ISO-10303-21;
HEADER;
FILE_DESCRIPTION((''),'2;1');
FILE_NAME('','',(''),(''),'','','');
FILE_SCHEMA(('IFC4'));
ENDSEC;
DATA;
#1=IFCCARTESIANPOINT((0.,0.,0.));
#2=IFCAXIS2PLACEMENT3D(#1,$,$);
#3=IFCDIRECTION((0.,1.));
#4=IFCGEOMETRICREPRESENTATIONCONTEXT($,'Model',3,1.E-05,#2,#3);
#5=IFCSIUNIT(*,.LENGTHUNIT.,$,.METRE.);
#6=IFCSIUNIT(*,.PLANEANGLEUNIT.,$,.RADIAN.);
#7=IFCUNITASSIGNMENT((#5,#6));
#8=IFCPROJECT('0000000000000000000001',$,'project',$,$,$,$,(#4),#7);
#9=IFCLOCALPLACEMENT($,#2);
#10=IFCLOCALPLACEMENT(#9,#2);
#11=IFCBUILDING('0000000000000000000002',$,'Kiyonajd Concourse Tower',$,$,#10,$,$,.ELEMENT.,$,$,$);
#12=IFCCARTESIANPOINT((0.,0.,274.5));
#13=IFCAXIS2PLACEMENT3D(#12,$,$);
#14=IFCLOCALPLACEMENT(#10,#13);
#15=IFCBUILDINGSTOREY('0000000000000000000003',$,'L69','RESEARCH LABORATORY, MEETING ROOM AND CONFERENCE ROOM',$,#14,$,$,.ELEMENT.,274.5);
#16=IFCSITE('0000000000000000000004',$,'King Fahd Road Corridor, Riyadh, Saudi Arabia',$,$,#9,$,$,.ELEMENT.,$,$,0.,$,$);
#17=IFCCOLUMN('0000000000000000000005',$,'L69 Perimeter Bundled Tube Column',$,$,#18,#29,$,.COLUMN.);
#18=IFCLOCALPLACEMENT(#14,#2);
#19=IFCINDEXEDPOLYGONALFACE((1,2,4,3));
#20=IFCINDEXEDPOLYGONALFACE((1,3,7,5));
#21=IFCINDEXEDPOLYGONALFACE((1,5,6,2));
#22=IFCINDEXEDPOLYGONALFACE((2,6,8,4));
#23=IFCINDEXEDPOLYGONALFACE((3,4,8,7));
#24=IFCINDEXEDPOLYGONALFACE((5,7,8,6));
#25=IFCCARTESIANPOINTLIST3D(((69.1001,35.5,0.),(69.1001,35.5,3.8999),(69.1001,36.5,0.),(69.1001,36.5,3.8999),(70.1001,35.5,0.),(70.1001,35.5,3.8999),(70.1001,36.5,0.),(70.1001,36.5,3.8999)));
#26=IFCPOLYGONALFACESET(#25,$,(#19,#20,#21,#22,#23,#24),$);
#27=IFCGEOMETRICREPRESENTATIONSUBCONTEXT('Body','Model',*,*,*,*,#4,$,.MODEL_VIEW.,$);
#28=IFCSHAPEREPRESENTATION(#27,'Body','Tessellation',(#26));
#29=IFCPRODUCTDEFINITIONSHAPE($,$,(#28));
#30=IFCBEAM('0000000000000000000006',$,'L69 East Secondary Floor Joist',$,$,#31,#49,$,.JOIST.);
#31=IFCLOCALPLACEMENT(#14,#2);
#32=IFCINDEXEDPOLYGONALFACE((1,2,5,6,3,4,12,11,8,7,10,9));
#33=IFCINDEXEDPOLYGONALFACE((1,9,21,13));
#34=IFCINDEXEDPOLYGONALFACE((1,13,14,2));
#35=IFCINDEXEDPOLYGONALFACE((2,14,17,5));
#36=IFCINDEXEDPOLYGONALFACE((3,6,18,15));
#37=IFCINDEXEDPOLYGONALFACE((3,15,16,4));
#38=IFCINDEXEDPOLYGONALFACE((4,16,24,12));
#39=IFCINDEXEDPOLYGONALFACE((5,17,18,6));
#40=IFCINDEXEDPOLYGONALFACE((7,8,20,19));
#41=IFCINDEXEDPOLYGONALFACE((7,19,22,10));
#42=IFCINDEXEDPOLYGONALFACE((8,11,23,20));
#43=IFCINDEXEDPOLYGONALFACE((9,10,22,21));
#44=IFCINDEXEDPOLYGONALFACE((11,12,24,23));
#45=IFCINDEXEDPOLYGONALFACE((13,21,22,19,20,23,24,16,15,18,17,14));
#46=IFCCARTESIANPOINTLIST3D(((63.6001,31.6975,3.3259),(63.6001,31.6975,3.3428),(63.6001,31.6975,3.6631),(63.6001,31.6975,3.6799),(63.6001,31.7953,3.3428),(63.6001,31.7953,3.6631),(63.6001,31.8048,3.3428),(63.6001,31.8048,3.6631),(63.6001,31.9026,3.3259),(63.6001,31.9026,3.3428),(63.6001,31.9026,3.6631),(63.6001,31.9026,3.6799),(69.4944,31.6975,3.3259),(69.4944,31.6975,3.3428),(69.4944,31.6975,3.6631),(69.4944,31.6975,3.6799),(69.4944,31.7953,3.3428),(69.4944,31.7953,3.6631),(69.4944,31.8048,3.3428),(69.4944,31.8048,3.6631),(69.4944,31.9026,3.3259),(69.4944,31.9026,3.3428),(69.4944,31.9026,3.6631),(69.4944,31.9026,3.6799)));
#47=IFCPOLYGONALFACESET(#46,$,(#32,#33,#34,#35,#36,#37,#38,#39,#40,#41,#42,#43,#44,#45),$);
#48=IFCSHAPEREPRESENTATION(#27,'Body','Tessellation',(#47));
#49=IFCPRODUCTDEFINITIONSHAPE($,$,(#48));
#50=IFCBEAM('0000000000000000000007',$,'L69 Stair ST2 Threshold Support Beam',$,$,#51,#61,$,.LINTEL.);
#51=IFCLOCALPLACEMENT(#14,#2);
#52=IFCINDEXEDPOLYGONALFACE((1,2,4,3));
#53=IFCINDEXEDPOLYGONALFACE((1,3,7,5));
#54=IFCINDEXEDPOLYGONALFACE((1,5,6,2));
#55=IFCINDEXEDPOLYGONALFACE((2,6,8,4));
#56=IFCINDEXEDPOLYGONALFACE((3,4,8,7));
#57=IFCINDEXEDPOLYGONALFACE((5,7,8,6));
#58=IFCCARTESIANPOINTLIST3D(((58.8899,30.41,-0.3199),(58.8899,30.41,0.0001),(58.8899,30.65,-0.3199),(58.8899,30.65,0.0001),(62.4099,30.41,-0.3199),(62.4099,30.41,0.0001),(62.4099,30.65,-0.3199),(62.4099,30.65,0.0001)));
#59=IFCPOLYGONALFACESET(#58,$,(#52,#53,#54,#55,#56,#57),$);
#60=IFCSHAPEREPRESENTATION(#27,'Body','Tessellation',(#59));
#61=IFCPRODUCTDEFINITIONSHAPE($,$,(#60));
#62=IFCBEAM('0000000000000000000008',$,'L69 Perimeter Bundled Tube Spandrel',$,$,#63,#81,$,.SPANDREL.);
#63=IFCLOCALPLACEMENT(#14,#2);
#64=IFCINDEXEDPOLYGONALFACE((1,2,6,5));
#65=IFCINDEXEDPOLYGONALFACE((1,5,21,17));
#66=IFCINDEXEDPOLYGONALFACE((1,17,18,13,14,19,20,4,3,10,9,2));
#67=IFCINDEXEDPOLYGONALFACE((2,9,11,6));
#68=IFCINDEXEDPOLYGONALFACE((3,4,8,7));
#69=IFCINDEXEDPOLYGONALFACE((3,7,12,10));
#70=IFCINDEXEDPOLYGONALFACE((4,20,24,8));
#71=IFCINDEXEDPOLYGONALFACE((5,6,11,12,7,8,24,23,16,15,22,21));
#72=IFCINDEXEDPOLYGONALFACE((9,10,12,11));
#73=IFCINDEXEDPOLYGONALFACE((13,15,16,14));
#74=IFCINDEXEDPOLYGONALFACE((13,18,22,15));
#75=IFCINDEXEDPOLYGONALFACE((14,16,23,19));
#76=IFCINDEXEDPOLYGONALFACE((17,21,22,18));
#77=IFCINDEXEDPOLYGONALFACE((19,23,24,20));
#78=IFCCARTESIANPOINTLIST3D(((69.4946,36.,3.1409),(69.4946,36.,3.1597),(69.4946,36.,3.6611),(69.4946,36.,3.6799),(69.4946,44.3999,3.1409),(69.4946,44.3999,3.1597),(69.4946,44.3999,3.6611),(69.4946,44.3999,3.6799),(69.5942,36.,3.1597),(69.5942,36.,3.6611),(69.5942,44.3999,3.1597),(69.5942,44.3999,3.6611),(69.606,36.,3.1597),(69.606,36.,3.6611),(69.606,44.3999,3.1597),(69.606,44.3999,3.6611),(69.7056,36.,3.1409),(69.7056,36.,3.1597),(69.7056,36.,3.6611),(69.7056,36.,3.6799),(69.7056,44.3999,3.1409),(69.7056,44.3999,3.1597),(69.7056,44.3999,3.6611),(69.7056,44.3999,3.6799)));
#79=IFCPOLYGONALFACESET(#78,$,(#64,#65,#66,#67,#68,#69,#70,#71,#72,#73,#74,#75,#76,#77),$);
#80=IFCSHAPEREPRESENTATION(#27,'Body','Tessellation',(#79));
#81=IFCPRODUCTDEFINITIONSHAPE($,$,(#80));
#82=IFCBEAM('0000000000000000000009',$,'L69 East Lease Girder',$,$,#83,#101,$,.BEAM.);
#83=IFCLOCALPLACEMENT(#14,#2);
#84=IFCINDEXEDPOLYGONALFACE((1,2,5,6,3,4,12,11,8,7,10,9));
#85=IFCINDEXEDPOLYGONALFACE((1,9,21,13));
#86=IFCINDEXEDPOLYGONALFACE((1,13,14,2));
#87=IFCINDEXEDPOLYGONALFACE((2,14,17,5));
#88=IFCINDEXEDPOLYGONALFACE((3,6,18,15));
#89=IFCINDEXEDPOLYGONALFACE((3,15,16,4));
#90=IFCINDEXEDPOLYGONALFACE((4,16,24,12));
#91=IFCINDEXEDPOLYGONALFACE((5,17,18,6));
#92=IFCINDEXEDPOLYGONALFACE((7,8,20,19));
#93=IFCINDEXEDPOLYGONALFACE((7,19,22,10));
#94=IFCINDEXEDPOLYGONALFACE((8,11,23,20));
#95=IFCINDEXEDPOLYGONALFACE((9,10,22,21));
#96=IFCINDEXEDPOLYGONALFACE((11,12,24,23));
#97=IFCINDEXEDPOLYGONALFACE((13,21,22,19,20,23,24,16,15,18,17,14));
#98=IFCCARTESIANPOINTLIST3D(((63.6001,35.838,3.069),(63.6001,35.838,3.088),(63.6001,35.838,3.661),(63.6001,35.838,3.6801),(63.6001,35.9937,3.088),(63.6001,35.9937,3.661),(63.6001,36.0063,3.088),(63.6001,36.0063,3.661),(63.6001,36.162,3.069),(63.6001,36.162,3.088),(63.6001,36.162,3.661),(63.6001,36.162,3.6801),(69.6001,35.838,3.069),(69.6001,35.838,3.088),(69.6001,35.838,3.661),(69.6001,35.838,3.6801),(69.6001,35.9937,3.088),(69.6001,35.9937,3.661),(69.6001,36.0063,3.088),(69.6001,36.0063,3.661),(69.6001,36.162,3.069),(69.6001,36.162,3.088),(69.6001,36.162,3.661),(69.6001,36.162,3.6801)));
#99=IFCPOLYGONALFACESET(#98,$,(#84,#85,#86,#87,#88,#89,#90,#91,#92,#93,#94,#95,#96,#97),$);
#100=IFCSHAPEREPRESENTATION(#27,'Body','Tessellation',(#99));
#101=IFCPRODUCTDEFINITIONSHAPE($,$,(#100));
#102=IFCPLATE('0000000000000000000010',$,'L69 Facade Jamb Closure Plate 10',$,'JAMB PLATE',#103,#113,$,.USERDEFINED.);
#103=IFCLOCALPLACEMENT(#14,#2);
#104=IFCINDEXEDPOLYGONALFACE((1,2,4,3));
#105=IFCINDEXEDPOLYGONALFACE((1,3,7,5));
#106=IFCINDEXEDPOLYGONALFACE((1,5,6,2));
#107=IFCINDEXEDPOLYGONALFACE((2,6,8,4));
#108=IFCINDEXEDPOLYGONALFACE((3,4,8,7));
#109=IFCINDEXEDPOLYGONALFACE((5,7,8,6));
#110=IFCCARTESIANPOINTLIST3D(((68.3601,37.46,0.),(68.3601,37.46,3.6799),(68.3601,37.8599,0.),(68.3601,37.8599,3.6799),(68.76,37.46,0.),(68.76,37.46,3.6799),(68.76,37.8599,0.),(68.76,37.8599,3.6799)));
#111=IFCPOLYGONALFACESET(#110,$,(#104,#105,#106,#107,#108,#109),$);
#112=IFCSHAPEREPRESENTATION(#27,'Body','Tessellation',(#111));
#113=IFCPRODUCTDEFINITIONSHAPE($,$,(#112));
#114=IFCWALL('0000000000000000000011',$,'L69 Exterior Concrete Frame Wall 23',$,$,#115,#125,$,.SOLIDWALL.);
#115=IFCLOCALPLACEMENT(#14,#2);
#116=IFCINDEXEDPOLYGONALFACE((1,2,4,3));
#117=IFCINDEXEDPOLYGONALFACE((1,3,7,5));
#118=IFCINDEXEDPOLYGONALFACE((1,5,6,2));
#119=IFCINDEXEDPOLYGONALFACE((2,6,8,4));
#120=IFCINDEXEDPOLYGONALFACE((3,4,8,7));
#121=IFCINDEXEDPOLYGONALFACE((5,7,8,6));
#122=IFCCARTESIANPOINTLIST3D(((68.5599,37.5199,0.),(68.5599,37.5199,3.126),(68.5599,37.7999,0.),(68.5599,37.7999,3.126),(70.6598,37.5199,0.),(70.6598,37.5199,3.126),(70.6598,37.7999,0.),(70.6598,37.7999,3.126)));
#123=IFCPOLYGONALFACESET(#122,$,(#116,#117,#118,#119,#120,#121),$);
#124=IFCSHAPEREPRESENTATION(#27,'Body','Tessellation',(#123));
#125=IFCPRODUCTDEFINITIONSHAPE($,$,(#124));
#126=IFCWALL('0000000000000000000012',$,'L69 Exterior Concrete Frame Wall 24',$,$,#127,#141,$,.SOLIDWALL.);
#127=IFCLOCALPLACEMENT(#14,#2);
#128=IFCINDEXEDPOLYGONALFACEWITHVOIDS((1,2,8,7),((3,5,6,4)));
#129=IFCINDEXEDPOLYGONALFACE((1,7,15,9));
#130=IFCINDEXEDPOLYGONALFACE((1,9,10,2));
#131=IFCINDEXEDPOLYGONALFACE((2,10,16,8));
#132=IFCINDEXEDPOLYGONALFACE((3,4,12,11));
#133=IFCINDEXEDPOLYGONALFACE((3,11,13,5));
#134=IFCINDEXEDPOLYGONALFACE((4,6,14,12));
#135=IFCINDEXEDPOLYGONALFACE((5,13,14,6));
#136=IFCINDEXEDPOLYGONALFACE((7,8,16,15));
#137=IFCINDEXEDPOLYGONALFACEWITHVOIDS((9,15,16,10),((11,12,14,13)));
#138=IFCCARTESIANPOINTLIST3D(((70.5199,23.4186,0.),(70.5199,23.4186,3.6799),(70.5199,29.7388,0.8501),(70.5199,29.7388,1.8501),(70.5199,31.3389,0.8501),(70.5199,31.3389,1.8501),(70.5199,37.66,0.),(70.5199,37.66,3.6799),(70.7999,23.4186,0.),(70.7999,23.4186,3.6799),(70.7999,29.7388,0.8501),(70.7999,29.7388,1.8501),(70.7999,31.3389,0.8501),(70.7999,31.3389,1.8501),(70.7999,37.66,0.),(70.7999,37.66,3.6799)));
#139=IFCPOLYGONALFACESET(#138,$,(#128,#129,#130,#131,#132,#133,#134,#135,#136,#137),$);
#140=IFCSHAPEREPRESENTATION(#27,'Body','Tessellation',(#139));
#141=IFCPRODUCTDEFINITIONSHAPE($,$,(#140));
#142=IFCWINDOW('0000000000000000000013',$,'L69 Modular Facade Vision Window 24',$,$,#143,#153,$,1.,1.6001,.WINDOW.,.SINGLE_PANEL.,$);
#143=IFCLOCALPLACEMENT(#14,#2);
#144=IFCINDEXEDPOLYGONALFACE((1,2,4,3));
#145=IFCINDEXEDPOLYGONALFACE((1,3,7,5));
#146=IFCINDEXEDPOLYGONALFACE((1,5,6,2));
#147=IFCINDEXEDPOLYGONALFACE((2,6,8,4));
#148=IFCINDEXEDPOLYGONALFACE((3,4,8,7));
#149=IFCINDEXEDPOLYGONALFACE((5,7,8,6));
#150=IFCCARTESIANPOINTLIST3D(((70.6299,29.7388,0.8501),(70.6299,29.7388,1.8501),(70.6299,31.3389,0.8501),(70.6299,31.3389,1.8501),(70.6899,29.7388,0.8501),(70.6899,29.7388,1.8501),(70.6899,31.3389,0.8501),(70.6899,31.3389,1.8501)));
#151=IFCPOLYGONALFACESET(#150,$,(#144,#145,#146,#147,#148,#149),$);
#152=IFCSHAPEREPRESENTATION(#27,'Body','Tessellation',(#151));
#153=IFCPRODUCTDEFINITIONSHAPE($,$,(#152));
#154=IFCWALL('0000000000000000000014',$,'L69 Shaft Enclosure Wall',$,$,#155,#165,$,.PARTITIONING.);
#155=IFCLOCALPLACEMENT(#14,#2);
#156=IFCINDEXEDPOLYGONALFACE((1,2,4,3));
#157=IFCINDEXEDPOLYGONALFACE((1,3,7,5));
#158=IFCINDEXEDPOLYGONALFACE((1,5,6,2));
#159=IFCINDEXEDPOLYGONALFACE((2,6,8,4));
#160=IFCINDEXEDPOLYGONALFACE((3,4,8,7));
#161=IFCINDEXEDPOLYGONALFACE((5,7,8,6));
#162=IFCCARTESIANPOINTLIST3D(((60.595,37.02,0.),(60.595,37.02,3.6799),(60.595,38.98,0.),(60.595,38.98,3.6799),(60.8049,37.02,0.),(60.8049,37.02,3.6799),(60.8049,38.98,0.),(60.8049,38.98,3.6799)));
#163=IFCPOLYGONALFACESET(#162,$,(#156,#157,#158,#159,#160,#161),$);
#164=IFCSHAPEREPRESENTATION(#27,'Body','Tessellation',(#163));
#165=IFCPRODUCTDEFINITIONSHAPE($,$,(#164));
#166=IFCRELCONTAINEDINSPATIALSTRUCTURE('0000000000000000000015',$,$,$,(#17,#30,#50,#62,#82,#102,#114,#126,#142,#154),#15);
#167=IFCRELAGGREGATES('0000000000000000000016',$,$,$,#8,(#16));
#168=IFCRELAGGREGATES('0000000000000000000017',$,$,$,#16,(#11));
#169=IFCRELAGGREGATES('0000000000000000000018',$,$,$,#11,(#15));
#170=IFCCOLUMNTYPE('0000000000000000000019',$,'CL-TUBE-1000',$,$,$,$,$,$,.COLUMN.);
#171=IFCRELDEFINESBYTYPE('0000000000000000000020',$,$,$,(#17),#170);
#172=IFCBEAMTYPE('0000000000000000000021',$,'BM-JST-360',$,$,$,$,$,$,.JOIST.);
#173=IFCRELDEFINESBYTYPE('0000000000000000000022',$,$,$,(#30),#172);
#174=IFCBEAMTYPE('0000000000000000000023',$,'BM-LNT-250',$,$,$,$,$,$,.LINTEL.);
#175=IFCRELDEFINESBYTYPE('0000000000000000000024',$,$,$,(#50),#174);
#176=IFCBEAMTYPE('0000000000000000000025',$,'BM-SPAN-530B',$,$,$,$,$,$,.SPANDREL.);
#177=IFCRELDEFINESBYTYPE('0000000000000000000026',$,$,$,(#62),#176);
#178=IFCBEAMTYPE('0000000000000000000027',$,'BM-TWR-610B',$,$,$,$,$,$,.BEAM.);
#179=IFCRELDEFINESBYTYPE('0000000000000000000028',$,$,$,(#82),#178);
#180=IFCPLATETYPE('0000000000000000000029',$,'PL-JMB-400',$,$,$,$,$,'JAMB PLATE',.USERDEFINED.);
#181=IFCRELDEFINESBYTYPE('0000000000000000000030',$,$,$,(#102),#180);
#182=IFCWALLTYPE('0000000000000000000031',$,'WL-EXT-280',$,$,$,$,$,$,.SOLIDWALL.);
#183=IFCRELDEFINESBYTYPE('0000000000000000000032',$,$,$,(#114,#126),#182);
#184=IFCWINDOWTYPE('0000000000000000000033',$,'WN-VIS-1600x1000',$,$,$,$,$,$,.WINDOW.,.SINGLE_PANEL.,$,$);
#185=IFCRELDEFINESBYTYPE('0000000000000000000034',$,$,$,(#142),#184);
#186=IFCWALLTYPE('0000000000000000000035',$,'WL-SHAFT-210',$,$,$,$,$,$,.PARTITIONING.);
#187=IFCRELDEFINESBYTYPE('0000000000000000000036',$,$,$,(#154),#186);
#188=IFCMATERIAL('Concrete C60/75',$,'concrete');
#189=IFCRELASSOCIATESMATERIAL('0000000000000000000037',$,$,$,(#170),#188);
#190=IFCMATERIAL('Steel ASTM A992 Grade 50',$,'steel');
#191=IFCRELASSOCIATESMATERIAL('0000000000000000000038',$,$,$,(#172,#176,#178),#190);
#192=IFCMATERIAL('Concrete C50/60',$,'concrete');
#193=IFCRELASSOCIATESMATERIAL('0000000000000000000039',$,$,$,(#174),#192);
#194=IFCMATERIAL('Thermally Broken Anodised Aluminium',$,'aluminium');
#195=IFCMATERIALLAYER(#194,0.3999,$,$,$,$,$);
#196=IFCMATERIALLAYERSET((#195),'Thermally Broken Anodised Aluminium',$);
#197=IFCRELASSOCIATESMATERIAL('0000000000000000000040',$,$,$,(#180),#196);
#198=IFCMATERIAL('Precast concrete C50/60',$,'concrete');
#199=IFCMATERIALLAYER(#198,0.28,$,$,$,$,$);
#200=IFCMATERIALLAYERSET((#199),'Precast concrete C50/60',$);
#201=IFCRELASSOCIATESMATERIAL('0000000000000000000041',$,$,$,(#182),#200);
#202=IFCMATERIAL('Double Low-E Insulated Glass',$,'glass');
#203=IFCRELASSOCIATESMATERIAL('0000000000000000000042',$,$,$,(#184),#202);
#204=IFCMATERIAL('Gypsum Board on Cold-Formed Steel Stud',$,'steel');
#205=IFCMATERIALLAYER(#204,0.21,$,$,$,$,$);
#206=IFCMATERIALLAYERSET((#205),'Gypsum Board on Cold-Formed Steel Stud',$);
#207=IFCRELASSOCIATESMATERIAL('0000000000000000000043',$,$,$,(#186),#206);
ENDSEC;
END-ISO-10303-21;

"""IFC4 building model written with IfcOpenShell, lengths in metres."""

from ifc_helpers import new_model, si_unit, direction, frame, frame_2d, origin, origin_2d, place, context, subcontext, project, spatial, rectangle, i_section, extrude, material, layer, layer_set, material_profile, profile_set, type_object, element, fill, save


model = new_model("IFC4")

# Units and contexts
model_context = context("Model", 3, precision=1e-05, world=origin(), true_north=direction((0.0, 1.0)))
body_context = subcontext(model_context, "Body", "Model", "MODEL_VIEW")
ifc_project = project(units=[si_unit("LENGTHUNIT", "METRE"), si_unit("PLANEANGLEUNIT", "RADIAN")], contexts=[model_context])

# Site, building, storey
site_placement = place(None, origin())
site = spatial("IfcSite", under=ifc_project, at=site_placement, Name="King Fahd Road Corridor, Riyadh, Saudi Arabia", CompositionType="ELEMENT", RefElevation=0.0)
building_placement = place(site_placement, origin())
building = spatial("IfcBuilding", under=site, at=building_placement, Name="Kiyonajd Concourse Tower", CompositionType="ELEMENT")
storey_placement = place(building_placement, frame((0.0, 0.0, 274.5)))
storey = spatial("IfcBuildingStorey", under=building, at=storey_placement, Name="L69", Description="RESEARCH LABORATORY, MEETING ROOM AND CONFERENCE ROOM", CompositionType="ELEMENT", Elevation=274.5)

# Column
ifc_material_1 = material(Name="Concrete C60/75", Category="concrete")
ifc_material_profile_1 = material_profile(ifc_material_1, rectangle(XDim=1.0, YDim=1.0, at=origin_2d()), Name="RC-1000x1000")
ifc_profile_set_1 = profile_set([ifc_material_profile_1], Name="Concrete C60/75")
column_type = type_object("IfcColumnType", Name="CL-TUBE-1000", PredefinedType="COLUMN", material=ifc_profile_set_1)
column_placement = place(storey_placement, frame((69.6001, 36.0, 0.0), z_axis=(0.0, 0.0, 1.0), x_axis=(1.0, 0.0, 0.0)))
element("IfcColumn", 1, at=column_placement, inside=storey, type_object=column_type, Name="L69 Perimeter Bundled Tube Column", PredefinedType="COLUMN", context=body_context, shape_type="SweptSolid", body=[
    extrude(rectangle(XDim=1.0, YDim=1.0, at=origin_2d()), origin(), (0.0, 0.0, 1.0), 3.8999),
])

# Beams
ifc_material_2 = material(Name="Steel ASTM A992 Grade 50", Category="steel")
ifc_material_profile_2 = material_profile(ifc_material_2, i_section(OverallWidth=0.2051, OverallDepth=0.354, WebThickness=0.0095, FlangeThickness=0.0168, at=origin_2d()), Name="W360X79")
ifc_profile_set_2 = profile_set([ifc_material_profile_2], Name="Steel ASTM A992 Grade 50")
beam_type_1 = type_object("IfcBeamType", Name="BM-JST-360", PredefinedType="JOIST", material=ifc_profile_set_2)
beam_1_placement = place(storey_placement, frame((63.6001, 31.8, 3.5029), z_axis=(1.0, 0.0, 0.0), x_axis=(0.0, 1.0, 0.0)))
element("IfcBeam", 2, at=beam_1_placement, inside=storey, type_object=beam_type_1, Name="L69 East Secondary Floor Joist", PredefinedType="JOIST", context=body_context, shape_type="SweptSolid", body=[
    extrude(i_section(OverallWidth=0.2051, OverallDepth=0.354, WebThickness=0.0095, FlangeThickness=0.0168, at=origin_2d()), origin(), (0.0, 0.0, 1.0), 5.8943),
])
ifc_material_3 = material(Name="Concrete C50/60", Category="concrete")
ifc_material_profile_3 = material_profile(ifc_material_3, rectangle(XDim=0.24, YDim=0.3201, at=origin_2d()), Name="RCBM-240x320")
ifc_profile_set_3 = profile_set([ifc_material_profile_3], Name="Concrete C50/60")
beam_type_2 = type_object("IfcBeamType", Name="BM-LNT-250", PredefinedType="LINTEL", material=ifc_profile_set_3)
beam_2_placement = place(storey_placement, frame((58.8899, 30.53, -0.1599), z_axis=(1.0, 0.0, 0.0), x_axis=(0.0, 1.0, 0.0)))
element("IfcBeam", 3, at=beam_2_placement, inside=storey, type_object=beam_type_2, Name="L69 Stair ST2 Threshold Support Beam", PredefinedType="LINTEL", context=body_context, shape_type="SweptSolid", body=[
    extrude(rectangle(XDim=0.24, YDim=0.3201, at=origin_2d()), origin(), (0.0, 0.0, 1.0), 3.52),
])
ifc_material_profile_4 = material_profile(ifc_material_2, i_section(OverallWidth=0.2109, OverallDepth=0.5391, WebThickness=0.0117, FlangeThickness=0.0188, at=origin_2d()), Name="W530X109")
ifc_profile_set_4 = profile_set([ifc_material_profile_4], Name="Steel ASTM A992 Grade 50")
beam_type_3 = type_object("IfcBeamType", Name="BM-SPAN-530B", PredefinedType="SPANDREL", material=ifc_profile_set_4)
beam_3_placement = place(storey_placement, frame((69.6001, 36.0, 3.4104), z_axis=(0.0, 1.0, 0.0), x_axis=(-1.0, 0.0, 0.0)))
element("IfcBeam", 4, at=beam_3_placement, inside=storey, type_object=beam_type_3, Name="L69 Perimeter Bundled Tube Spandrel", PredefinedType="SPANDREL", context=body_context, shape_type="SweptSolid", body=[
    extrude(i_section(OverallWidth=0.2109, OverallDepth=0.5391, WebThickness=0.0117, FlangeThickness=0.0188, at=origin_2d()), origin(), (0.0, 0.0, 1.0), 8.3999),
])
ifc_material_profile_5 = material_profile(ifc_material_2, i_section(OverallWidth=0.324, OverallDepth=0.6111, WebThickness=0.0127, FlangeThickness=0.019, at=origin_2d()), Name="W610X155")
ifc_profile_set_5 = profile_set([ifc_material_profile_5], Name="Steel ASTM A992 Grade 50")
beam_type_4 = type_object("IfcBeamType", Name="BM-TWR-610B", PredefinedType="BEAM", material=ifc_profile_set_5)
beam_4_placement = place(storey_placement, frame((63.6001, 36.0, 3.3745), z_axis=(1.0, 0.0, 0.0), x_axis=(0.0, 1.0, 0.0)))
element("IfcBeam", 5, at=beam_4_placement, inside=storey, type_object=beam_type_4, Name="L69 East Lease Girder", PredefinedType="BEAM", context=body_context, shape_type="SweptSolid", body=[
    extrude(i_section(OverallWidth=0.324, OverallDepth=0.6111, WebThickness=0.0127, FlangeThickness=0.019, at=origin_2d()), origin(), (0.0, 0.0, 1.0), 6.0),
])

# Plate
ifc_material_4 = material(Name="Thermally Broken Anodised Aluminium", Category="aluminium")
ifc_layer_1 = layer(ifc_material_4, 0.3999)
ifc_layer_set_1 = layer_set([ifc_layer_1], Name="Thermally Broken Anodised Aluminium")
plate_type = type_object("IfcPlateType", Name="PL-JMB-400", ElementType="JAMB PLATE", PredefinedType="USERDEFINED", material=ifc_layer_set_1)
plate_placement = place(storey_placement, frame((68.5601, 37.6599, 0.0), z_axis=(0.0, 0.0, 1.0), x_axis=(1.0, 0.0, 0.0)))
element("IfcPlate", 6, at=plate_placement, inside=storey, type_object=plate_type, Name="L69 Facade Jamb Closure Plate 10", ObjectType="JAMB PLATE", PredefinedType="USERDEFINED", context=body_context, shape_type="SweptSolid", body=[
    extrude(rectangle(XDim=0.3999, YDim=0.3999, at=origin_2d()), origin(), (0.0, 0.0, 1.0), 3.6799),
])

# Wall
ifc_material_5 = material(Name="Precast concrete C50/60", Category="concrete")
ifc_layer_2 = layer(ifc_material_5, 0.28)
ifc_layer_set_2 = layer_set([ifc_layer_2], Name="Precast concrete C50/60")
wall_type_1 = type_object("IfcWallType", Name="WL-EXT-280", PredefinedType="SOLIDWALL", material=ifc_layer_set_2)
wall_1_placement = place(storey_placement, frame((68.5601, 37.6599, 0.0), z_axis=(0.0, 0.0, 1.0), x_axis=(1.0, 0.0, 0.0)))
element("IfcWall", 7, at=wall_1_placement, inside=storey, type_object=wall_type_1, Name="L69 Exterior Concrete Frame Wall 23", PredefinedType="SOLIDWALL", context=body_context, shape_type="SweptSolid", body=[
    extrude(rectangle(XDim=2.0999, YDim=0.28, at=frame_2d((1.0498, 0.0))), origin(), (0.0, 0.0, 1.0), 3.126),
])

# Wall, opening, window
wall_2_placement = place(storey_placement, frame((70.6599, 37.6599, 0.0), z_axis=(0.0, 0.0, 1.0), x_axis=(0.0, -1.0, 0.0)))
wall_2 = element("IfcWall", 8, at=wall_2_placement, inside=storey, type_object=wall_type_1, Name="L69 Exterior Concrete Frame Wall 24", PredefinedType="SOLIDWALL", context=body_context, shape_type="SweptSolid", body=[
    extrude(rectangle(XDim=14.2415, YDim=0.28, at=frame_2d((7.1206, 0.0))), origin(), (0.0, 0.0, 1.0), 3.6799),
])
opening_1_placement = place(wall_2_placement, frame((6.321, 0.0, 0.8501)))
opening_1 = element("IfcOpeningElement", 9, at=opening_1_placement, cuts=wall_2, PredefinedType="OPENING", context=body_context, shape_type="SweptSolid", body=[
    extrude(rectangle(XDim=1.6001, YDim=1.0, at=frame_2d((0.8, 0.5))), frame((0.0, 0.1499, 0.0), z_axis=(0.0, -1.0, 0.0), x_axis=(1.0, 0.0, 0.0)), (0.0, 0.0, 1.0), 0.3),
])
ifc_material_6 = material(Name="Double Low-E Insulated Glass", Category="glass")
window_type = type_object("IfcWindowType", Name="WN-VIS-1600x1000", PartitioningType="SINGLE_PANEL", PredefinedType="WINDOW", material=ifc_material_6)
window_placement = place(opening_1_placement, origin())
window = element("IfcWindow", 10, at=window_placement, inside=storey, type_object=window_type, Name="L69 Modular Facade Vision Window 24", OverallHeight=1.0, OverallWidth=1.6001, PartitioningType="SINGLE_PANEL", PredefinedType="WINDOW", context=body_context, shape_type="SweptSolid", body=[
    extrude(rectangle(XDim=1.6001, YDim=1.0, at=frame_2d((0.8, 0.5))), frame((0.0, 0.03, 0.0), z_axis=(0.0, -1.0, 0.0), x_axis=(1.0, 0.0, 0.0)), (0.0, 0.0, 1.0), 0.0601),
])
fill(opening_1, window)

# Wall
ifc_material_7 = material(Name="Gypsum Board on Cold-Formed Steel Stud", Category="steel")
ifc_layer_3 = layer(ifc_material_7, 0.21)
ifc_layer_set_3 = layer_set([ifc_layer_3], Name="Gypsum Board on Cold-Formed Steel Stud")
wall_type_2 = type_object("IfcWallType", Name="WL-SHAFT-210", PredefinedType="PARTITIONING", material=ifc_layer_set_3)
wall_3_placement = place(storey_placement, frame((60.7, 37.02, 0.0), z_axis=(0.0, 0.0, 1.0), x_axis=(0.0, 1.0, 0.0)))
element("IfcWall", 11, at=wall_3_placement, inside=storey, type_object=wall_type_2, Name="L69 Shaft Enclosure Wall", PredefinedType="PARTITIONING", context=body_context, shape_type="SweptSolid", body=[
    extrude(rectangle(XDim=1.96, YDim=0.21, at=frame_2d((0.98, 0.0))), origin(), (0.0, 0.0, 1.0), 3.6799),
])

save(model, "model.ifc")
